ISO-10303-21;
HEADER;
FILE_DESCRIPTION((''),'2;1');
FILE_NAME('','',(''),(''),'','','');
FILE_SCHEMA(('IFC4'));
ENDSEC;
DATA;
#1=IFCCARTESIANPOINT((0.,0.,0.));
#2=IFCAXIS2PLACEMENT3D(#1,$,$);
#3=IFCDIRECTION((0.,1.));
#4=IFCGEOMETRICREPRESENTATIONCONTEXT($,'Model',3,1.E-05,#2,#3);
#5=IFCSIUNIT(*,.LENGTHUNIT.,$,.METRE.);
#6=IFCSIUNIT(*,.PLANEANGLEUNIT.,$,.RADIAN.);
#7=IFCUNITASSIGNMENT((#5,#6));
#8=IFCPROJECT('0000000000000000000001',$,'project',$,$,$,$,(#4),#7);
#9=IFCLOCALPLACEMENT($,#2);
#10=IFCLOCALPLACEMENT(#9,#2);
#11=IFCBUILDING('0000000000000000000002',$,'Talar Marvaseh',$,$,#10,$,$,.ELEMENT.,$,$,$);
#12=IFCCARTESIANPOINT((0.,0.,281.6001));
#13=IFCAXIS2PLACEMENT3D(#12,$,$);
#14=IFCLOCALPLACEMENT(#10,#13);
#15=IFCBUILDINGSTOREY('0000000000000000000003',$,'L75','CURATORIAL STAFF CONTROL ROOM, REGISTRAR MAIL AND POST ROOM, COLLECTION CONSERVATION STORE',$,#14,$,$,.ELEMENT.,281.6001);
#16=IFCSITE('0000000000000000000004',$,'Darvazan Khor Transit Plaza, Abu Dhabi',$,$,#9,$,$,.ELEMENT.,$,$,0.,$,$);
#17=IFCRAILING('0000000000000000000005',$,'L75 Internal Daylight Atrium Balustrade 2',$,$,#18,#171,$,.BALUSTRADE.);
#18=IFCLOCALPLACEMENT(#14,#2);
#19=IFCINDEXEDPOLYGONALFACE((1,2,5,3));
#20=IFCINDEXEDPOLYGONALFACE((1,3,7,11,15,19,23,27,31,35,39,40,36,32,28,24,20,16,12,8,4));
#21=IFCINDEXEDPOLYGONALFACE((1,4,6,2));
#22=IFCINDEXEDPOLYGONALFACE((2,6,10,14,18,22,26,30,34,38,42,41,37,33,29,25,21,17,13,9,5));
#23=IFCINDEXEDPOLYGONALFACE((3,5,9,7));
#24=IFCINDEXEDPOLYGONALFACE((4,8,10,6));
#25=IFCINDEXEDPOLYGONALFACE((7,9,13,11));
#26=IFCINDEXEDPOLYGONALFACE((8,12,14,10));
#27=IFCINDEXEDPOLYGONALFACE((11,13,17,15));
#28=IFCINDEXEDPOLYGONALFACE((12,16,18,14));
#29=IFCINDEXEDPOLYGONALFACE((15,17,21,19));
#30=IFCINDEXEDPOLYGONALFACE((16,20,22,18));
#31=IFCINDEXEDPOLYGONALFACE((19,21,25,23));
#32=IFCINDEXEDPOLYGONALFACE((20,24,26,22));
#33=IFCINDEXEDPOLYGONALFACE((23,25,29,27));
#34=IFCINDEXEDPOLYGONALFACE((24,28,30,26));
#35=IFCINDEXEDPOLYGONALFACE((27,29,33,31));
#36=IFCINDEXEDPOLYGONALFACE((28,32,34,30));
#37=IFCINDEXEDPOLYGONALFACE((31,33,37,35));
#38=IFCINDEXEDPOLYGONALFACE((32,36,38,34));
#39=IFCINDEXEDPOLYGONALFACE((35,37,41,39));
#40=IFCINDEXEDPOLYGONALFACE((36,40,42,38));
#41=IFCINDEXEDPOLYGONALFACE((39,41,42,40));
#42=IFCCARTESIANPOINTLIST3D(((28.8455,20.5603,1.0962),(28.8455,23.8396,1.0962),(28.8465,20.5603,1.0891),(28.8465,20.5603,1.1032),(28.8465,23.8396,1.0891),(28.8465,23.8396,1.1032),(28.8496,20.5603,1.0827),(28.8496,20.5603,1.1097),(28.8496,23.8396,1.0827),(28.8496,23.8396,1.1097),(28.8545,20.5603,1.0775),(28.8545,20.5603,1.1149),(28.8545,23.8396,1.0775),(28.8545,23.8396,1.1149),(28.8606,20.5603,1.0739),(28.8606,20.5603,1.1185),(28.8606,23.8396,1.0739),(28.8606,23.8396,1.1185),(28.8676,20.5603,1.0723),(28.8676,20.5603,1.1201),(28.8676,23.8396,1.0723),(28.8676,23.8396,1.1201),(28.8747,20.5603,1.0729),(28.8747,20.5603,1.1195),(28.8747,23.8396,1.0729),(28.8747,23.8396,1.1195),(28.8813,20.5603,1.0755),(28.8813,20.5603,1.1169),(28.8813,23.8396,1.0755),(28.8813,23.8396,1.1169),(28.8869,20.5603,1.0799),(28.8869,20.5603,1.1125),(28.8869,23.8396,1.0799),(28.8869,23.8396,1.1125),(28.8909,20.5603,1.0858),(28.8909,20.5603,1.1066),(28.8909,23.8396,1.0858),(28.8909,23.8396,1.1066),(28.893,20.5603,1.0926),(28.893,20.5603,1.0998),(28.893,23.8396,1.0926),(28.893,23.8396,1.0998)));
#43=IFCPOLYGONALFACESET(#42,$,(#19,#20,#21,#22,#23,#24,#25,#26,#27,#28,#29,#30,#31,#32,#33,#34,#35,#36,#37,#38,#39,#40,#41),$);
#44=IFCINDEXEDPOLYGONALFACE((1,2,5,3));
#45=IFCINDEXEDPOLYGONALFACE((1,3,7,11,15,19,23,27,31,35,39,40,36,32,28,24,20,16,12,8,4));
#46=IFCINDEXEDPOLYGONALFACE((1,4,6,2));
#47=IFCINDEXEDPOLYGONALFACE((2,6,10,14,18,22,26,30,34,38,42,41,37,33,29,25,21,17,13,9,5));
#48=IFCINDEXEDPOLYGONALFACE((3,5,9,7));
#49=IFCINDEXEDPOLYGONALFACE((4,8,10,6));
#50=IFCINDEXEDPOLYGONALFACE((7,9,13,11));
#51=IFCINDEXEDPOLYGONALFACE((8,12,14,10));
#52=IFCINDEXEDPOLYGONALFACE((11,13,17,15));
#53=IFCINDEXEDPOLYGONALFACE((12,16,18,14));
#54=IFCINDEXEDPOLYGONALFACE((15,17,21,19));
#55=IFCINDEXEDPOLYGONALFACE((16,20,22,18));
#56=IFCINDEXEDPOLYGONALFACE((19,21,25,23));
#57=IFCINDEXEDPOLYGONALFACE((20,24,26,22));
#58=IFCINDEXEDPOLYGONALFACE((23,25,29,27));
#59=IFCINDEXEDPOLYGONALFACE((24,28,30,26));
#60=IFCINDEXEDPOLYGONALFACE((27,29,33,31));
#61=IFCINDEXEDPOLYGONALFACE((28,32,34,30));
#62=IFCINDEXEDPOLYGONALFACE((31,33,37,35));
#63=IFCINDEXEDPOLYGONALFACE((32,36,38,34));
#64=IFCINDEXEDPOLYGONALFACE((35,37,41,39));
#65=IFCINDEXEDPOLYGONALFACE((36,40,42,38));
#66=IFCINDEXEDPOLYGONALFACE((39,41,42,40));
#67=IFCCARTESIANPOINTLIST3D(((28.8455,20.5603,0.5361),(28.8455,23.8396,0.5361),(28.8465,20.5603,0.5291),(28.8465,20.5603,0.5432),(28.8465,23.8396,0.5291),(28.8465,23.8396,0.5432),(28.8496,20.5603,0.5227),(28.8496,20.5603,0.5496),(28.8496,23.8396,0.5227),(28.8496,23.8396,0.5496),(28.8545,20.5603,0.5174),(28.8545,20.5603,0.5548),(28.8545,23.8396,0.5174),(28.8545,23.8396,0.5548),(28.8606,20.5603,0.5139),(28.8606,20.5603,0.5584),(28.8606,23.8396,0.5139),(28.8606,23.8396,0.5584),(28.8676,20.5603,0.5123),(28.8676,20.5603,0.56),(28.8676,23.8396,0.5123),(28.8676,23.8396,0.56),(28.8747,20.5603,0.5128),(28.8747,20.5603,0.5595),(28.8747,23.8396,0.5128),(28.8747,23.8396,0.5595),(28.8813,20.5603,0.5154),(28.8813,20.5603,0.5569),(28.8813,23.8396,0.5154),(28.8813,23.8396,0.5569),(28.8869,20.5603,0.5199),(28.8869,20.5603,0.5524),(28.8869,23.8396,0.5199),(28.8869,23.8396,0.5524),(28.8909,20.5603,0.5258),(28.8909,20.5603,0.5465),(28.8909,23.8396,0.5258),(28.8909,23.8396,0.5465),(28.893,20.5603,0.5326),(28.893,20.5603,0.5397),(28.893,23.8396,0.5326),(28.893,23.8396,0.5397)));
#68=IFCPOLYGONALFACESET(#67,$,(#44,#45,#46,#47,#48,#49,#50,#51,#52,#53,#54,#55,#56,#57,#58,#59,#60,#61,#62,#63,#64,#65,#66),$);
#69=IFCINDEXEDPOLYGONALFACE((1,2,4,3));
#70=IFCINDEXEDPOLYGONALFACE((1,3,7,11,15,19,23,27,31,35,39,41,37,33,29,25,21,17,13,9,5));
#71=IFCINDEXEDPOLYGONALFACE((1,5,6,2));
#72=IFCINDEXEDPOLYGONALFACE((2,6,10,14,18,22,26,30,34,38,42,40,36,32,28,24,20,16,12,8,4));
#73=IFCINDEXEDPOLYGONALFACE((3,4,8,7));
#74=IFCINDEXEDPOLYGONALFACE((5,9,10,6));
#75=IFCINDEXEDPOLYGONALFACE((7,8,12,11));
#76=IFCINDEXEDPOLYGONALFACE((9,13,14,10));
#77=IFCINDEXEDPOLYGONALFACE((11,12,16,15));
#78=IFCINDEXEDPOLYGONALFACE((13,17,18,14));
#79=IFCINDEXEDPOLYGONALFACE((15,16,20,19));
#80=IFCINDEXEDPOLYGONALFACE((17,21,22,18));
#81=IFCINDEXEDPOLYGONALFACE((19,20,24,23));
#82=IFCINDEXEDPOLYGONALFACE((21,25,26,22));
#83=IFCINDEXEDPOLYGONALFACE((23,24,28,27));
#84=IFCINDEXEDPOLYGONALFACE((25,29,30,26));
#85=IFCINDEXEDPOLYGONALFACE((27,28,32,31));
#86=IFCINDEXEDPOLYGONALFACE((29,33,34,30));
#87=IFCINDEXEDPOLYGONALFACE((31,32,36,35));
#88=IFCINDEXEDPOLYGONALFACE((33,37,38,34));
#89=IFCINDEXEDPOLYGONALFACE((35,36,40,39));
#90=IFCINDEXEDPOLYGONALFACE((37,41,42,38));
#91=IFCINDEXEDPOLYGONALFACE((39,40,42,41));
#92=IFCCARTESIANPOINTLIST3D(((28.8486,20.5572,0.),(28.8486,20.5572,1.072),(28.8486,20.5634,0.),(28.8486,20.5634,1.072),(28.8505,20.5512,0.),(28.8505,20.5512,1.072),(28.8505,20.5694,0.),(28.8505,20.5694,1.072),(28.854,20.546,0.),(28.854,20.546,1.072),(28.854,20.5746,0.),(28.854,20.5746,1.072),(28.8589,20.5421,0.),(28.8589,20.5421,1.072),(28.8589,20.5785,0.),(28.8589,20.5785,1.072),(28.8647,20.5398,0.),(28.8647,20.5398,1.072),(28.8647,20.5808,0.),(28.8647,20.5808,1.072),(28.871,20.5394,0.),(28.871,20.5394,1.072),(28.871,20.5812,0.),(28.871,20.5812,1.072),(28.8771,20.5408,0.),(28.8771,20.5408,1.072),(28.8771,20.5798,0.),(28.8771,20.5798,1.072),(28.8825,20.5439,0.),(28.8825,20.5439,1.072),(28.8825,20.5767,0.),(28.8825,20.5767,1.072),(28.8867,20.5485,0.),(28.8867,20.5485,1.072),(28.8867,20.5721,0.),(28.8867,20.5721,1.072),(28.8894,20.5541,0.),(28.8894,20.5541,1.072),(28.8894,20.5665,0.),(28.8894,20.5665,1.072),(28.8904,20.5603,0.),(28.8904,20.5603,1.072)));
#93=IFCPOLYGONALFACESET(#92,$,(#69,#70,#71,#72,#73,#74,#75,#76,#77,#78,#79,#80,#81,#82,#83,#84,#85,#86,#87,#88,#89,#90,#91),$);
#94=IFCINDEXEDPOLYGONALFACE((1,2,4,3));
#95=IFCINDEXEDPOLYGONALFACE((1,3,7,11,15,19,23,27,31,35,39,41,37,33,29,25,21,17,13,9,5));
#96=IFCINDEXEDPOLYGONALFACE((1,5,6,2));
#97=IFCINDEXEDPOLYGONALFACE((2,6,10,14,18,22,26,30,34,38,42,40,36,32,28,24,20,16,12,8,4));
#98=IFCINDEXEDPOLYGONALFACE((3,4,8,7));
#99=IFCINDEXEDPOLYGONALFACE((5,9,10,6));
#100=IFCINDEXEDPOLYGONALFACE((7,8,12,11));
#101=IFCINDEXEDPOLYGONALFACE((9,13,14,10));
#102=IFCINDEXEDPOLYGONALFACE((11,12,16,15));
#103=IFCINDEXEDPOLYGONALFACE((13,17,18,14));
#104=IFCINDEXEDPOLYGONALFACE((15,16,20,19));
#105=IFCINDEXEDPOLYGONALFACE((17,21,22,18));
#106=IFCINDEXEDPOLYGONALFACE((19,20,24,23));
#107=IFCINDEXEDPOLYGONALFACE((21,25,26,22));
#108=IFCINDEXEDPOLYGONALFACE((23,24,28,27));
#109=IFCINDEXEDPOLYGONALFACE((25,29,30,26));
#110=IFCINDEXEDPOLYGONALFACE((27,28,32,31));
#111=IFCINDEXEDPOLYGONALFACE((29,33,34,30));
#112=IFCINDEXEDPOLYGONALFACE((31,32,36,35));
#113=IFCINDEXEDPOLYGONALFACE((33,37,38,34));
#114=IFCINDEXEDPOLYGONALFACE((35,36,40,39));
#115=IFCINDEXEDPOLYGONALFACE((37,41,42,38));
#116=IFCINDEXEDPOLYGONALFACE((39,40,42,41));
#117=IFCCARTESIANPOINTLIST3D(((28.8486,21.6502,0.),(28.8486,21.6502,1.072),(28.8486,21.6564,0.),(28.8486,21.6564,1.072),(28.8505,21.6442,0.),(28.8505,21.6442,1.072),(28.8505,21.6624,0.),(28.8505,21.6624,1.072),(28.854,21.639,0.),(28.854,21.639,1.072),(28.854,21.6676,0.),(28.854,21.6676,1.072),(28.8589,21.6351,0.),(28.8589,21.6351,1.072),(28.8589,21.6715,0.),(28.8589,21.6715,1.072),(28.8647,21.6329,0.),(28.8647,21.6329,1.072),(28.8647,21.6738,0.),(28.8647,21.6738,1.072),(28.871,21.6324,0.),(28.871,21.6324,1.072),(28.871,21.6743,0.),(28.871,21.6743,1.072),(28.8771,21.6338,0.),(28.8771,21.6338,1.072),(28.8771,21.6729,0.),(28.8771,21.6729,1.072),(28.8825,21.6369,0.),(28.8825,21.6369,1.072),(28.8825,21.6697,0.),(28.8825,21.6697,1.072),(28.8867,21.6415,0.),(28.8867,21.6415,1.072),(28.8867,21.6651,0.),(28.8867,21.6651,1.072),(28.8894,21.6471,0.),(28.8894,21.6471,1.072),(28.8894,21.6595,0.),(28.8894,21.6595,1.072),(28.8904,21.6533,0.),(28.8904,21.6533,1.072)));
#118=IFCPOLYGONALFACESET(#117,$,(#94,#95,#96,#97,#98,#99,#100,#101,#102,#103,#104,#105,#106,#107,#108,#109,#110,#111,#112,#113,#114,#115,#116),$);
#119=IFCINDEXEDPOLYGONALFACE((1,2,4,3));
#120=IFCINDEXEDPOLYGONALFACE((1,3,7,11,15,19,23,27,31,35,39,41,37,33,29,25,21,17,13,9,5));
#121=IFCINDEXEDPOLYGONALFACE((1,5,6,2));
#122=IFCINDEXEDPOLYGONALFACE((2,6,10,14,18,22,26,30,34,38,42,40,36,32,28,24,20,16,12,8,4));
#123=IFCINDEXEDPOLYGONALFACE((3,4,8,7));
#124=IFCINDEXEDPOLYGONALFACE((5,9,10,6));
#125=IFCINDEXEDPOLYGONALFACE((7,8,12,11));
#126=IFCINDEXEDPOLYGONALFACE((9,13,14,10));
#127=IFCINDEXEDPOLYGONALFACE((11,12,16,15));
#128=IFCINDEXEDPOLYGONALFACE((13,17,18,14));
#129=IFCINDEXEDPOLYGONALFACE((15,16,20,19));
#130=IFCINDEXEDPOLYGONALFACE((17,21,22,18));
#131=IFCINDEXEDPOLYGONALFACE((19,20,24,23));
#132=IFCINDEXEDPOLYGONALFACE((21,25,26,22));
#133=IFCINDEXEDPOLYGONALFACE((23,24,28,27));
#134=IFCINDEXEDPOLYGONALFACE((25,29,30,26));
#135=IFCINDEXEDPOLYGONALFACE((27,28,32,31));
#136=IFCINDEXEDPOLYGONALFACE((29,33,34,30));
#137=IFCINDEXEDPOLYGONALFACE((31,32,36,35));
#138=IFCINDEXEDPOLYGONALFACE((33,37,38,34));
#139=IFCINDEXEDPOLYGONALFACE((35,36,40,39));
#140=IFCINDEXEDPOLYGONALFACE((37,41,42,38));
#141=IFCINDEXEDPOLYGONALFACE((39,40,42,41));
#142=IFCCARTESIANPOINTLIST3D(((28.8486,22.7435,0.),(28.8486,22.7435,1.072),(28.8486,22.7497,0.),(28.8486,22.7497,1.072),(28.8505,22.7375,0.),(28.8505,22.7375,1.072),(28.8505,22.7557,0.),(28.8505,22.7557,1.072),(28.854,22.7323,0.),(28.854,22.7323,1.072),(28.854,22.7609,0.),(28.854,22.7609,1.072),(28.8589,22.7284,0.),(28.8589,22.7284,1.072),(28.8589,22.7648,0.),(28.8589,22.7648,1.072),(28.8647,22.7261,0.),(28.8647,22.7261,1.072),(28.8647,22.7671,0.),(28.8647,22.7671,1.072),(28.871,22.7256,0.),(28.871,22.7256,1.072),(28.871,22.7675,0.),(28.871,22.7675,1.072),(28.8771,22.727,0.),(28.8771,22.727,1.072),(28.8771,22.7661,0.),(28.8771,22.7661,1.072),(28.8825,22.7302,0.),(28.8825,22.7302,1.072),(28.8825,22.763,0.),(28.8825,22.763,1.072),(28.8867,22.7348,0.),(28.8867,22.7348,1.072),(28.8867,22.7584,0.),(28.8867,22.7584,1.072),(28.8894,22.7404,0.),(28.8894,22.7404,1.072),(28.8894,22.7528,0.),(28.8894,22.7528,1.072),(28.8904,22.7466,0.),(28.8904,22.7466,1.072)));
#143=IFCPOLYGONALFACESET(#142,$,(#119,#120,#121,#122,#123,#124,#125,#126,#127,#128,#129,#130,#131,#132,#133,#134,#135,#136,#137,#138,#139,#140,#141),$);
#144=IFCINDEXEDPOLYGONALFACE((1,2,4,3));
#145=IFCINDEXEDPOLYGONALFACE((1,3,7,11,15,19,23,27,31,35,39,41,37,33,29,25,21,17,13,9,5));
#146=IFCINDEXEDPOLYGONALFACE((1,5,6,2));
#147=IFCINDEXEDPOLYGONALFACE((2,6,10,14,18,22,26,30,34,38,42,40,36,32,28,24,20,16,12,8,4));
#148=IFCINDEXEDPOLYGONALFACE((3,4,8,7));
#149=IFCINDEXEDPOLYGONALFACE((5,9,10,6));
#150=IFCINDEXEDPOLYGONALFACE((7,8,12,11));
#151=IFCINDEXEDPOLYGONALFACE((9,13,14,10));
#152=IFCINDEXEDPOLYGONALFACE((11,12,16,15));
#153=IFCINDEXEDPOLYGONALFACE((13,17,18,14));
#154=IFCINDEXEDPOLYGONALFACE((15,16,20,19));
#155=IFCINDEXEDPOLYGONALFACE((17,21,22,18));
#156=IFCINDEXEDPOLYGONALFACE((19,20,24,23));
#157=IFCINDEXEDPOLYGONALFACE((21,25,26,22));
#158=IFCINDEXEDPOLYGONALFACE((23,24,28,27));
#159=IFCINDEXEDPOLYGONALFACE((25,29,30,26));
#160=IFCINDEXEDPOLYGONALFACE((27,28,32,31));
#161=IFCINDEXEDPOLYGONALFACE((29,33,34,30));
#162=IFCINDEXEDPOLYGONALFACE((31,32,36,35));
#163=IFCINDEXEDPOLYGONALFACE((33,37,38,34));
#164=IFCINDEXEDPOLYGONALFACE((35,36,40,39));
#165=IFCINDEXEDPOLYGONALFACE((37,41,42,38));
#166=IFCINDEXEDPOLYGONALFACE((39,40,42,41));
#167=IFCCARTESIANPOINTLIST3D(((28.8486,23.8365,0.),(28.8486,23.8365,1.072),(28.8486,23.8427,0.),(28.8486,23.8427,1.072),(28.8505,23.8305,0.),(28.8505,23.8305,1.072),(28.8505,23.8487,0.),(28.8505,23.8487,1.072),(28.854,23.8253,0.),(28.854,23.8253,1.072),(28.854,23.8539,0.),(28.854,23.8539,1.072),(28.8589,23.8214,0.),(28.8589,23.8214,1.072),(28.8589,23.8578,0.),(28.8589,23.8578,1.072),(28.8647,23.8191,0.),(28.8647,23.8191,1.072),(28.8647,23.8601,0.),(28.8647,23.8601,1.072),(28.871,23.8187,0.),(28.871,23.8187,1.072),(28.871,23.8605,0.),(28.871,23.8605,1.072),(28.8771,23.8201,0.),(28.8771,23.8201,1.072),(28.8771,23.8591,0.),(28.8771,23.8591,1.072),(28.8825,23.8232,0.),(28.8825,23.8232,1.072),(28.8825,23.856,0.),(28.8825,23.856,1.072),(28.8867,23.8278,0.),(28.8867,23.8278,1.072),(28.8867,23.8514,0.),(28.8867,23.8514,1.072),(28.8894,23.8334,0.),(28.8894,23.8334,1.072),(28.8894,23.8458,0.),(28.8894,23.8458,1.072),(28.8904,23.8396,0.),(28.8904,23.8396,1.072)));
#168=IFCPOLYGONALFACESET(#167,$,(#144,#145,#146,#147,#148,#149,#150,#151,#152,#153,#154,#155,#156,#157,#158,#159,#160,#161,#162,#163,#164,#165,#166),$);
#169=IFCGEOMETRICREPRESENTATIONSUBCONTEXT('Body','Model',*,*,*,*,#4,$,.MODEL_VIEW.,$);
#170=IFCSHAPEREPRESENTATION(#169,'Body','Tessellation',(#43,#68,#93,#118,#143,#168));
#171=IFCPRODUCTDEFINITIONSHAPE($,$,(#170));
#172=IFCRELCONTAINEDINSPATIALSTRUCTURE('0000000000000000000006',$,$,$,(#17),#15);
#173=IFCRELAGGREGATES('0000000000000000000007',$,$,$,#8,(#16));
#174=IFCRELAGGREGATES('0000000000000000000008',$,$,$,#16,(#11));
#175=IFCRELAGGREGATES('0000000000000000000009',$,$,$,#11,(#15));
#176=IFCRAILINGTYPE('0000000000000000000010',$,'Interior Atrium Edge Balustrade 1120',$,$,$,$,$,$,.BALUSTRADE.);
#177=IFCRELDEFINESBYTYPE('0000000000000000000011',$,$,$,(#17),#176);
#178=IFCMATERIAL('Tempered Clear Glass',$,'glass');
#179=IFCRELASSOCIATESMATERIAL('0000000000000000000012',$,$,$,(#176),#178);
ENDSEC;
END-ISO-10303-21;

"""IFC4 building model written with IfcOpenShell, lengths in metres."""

from ifc_helpers import new_model, si_unit, direction, frame, origin, origin_2d, place, context, subcontext, project, spatial, circle, extrude, material, type_object, element, save


model = new_model("IFC4")

# Units and contexts
model_context = context("Model", 3, precision=1e-05, world=origin(), true_north=direction((0.0, 1.0)))
body_context = subcontext(model_context, "Body", "Model", "MODEL_VIEW")
ifc_project = project(units=[si_unit("LENGTHUNIT", "METRE"), si_unit("PLANEANGLEUNIT", "RADIAN")], contexts=[model_context])

# Site, building, storey
site_placement = place(None, origin())
site = spatial("IfcSite", under=ifc_project, at=site_placement, Name="Darvazan Khor Transit Plaza, Abu Dhabi", CompositionType="ELEMENT", RefElevation=0.0)
building_placement = place(site_placement, origin())
building = spatial("IfcBuilding", under=site, at=building_placement, Name="Talar Marvaseh", CompositionType="ELEMENT")
storey_placement = place(building_placement, frame((0.0, 0.0, 281.6001)))
storey = spatial("IfcBuildingStorey", under=building, at=storey_placement, Name="L75", Description="CURATORIAL STAFF CONTROL ROOM, REGISTRAR MAIL AND POST ROOM, COLLECTION CONSERVATION STORE", CompositionType="ELEMENT", Elevation=281.6001)

# Railing
ifc_material_1 = material(Name="Tempered Clear Glass", Category="glass")
railing_type = type_object("IfcRailingType", Name="Interior Atrium Edge Balustrade 1120", PredefinedType="BALUSTRADE", material=ifc_material_1)
railing_1_placement = place(storey_placement, frame((28.8694, 20.5603, 0.0)))
element("IfcRailing", 1, at=railing_1_placement, inside=storey, type_object=railing_type, Name="L75 Internal Daylight Atrium Balustrade 2", PredefinedType="BALUSTRADE", context=body_context, shape_type="SweptSolid", body=[
    extrude(circle(Radius=0.0239, at=origin_2d()), frame((0.0, 0.0, 1.0962), z_axis=(0.0, 1.0, 0.0), x_axis=(-1.0, 0.0, 0.0)), (0.0, 0.0, 1.0), 3.2793),
    extrude(circle(Radius=0.0239, at=origin_2d()), frame((0.0, 0.0, 0.5361), z_axis=(0.0, 1.0, 0.0), x_axis=(-1.0, 0.0, 0.0)), (0.0, 0.0, 1.0), 3.2793),
    extrude(circle(Radius=0.021, at=origin_2d()), origin(), (0.0, 0.0, 1.0), 1.072),
    extrude(circle(Radius=0.021, at=origin_2d()), frame((0.0, 1.093, 0.0)), (0.0, 0.0, 1.0), 1.072),
    extrude(circle(Radius=0.021, at=origin_2d()), frame((0.0, 2.1863, 0.0)), (0.0, 0.0, 1.0), 1.072),
    extrude(circle(Radius=0.021, at=origin_2d()), frame((0.0, 3.2793, 0.0)), (0.0, 0.0, 1.0), 1.072),
])

save(model, "model.ifc")
